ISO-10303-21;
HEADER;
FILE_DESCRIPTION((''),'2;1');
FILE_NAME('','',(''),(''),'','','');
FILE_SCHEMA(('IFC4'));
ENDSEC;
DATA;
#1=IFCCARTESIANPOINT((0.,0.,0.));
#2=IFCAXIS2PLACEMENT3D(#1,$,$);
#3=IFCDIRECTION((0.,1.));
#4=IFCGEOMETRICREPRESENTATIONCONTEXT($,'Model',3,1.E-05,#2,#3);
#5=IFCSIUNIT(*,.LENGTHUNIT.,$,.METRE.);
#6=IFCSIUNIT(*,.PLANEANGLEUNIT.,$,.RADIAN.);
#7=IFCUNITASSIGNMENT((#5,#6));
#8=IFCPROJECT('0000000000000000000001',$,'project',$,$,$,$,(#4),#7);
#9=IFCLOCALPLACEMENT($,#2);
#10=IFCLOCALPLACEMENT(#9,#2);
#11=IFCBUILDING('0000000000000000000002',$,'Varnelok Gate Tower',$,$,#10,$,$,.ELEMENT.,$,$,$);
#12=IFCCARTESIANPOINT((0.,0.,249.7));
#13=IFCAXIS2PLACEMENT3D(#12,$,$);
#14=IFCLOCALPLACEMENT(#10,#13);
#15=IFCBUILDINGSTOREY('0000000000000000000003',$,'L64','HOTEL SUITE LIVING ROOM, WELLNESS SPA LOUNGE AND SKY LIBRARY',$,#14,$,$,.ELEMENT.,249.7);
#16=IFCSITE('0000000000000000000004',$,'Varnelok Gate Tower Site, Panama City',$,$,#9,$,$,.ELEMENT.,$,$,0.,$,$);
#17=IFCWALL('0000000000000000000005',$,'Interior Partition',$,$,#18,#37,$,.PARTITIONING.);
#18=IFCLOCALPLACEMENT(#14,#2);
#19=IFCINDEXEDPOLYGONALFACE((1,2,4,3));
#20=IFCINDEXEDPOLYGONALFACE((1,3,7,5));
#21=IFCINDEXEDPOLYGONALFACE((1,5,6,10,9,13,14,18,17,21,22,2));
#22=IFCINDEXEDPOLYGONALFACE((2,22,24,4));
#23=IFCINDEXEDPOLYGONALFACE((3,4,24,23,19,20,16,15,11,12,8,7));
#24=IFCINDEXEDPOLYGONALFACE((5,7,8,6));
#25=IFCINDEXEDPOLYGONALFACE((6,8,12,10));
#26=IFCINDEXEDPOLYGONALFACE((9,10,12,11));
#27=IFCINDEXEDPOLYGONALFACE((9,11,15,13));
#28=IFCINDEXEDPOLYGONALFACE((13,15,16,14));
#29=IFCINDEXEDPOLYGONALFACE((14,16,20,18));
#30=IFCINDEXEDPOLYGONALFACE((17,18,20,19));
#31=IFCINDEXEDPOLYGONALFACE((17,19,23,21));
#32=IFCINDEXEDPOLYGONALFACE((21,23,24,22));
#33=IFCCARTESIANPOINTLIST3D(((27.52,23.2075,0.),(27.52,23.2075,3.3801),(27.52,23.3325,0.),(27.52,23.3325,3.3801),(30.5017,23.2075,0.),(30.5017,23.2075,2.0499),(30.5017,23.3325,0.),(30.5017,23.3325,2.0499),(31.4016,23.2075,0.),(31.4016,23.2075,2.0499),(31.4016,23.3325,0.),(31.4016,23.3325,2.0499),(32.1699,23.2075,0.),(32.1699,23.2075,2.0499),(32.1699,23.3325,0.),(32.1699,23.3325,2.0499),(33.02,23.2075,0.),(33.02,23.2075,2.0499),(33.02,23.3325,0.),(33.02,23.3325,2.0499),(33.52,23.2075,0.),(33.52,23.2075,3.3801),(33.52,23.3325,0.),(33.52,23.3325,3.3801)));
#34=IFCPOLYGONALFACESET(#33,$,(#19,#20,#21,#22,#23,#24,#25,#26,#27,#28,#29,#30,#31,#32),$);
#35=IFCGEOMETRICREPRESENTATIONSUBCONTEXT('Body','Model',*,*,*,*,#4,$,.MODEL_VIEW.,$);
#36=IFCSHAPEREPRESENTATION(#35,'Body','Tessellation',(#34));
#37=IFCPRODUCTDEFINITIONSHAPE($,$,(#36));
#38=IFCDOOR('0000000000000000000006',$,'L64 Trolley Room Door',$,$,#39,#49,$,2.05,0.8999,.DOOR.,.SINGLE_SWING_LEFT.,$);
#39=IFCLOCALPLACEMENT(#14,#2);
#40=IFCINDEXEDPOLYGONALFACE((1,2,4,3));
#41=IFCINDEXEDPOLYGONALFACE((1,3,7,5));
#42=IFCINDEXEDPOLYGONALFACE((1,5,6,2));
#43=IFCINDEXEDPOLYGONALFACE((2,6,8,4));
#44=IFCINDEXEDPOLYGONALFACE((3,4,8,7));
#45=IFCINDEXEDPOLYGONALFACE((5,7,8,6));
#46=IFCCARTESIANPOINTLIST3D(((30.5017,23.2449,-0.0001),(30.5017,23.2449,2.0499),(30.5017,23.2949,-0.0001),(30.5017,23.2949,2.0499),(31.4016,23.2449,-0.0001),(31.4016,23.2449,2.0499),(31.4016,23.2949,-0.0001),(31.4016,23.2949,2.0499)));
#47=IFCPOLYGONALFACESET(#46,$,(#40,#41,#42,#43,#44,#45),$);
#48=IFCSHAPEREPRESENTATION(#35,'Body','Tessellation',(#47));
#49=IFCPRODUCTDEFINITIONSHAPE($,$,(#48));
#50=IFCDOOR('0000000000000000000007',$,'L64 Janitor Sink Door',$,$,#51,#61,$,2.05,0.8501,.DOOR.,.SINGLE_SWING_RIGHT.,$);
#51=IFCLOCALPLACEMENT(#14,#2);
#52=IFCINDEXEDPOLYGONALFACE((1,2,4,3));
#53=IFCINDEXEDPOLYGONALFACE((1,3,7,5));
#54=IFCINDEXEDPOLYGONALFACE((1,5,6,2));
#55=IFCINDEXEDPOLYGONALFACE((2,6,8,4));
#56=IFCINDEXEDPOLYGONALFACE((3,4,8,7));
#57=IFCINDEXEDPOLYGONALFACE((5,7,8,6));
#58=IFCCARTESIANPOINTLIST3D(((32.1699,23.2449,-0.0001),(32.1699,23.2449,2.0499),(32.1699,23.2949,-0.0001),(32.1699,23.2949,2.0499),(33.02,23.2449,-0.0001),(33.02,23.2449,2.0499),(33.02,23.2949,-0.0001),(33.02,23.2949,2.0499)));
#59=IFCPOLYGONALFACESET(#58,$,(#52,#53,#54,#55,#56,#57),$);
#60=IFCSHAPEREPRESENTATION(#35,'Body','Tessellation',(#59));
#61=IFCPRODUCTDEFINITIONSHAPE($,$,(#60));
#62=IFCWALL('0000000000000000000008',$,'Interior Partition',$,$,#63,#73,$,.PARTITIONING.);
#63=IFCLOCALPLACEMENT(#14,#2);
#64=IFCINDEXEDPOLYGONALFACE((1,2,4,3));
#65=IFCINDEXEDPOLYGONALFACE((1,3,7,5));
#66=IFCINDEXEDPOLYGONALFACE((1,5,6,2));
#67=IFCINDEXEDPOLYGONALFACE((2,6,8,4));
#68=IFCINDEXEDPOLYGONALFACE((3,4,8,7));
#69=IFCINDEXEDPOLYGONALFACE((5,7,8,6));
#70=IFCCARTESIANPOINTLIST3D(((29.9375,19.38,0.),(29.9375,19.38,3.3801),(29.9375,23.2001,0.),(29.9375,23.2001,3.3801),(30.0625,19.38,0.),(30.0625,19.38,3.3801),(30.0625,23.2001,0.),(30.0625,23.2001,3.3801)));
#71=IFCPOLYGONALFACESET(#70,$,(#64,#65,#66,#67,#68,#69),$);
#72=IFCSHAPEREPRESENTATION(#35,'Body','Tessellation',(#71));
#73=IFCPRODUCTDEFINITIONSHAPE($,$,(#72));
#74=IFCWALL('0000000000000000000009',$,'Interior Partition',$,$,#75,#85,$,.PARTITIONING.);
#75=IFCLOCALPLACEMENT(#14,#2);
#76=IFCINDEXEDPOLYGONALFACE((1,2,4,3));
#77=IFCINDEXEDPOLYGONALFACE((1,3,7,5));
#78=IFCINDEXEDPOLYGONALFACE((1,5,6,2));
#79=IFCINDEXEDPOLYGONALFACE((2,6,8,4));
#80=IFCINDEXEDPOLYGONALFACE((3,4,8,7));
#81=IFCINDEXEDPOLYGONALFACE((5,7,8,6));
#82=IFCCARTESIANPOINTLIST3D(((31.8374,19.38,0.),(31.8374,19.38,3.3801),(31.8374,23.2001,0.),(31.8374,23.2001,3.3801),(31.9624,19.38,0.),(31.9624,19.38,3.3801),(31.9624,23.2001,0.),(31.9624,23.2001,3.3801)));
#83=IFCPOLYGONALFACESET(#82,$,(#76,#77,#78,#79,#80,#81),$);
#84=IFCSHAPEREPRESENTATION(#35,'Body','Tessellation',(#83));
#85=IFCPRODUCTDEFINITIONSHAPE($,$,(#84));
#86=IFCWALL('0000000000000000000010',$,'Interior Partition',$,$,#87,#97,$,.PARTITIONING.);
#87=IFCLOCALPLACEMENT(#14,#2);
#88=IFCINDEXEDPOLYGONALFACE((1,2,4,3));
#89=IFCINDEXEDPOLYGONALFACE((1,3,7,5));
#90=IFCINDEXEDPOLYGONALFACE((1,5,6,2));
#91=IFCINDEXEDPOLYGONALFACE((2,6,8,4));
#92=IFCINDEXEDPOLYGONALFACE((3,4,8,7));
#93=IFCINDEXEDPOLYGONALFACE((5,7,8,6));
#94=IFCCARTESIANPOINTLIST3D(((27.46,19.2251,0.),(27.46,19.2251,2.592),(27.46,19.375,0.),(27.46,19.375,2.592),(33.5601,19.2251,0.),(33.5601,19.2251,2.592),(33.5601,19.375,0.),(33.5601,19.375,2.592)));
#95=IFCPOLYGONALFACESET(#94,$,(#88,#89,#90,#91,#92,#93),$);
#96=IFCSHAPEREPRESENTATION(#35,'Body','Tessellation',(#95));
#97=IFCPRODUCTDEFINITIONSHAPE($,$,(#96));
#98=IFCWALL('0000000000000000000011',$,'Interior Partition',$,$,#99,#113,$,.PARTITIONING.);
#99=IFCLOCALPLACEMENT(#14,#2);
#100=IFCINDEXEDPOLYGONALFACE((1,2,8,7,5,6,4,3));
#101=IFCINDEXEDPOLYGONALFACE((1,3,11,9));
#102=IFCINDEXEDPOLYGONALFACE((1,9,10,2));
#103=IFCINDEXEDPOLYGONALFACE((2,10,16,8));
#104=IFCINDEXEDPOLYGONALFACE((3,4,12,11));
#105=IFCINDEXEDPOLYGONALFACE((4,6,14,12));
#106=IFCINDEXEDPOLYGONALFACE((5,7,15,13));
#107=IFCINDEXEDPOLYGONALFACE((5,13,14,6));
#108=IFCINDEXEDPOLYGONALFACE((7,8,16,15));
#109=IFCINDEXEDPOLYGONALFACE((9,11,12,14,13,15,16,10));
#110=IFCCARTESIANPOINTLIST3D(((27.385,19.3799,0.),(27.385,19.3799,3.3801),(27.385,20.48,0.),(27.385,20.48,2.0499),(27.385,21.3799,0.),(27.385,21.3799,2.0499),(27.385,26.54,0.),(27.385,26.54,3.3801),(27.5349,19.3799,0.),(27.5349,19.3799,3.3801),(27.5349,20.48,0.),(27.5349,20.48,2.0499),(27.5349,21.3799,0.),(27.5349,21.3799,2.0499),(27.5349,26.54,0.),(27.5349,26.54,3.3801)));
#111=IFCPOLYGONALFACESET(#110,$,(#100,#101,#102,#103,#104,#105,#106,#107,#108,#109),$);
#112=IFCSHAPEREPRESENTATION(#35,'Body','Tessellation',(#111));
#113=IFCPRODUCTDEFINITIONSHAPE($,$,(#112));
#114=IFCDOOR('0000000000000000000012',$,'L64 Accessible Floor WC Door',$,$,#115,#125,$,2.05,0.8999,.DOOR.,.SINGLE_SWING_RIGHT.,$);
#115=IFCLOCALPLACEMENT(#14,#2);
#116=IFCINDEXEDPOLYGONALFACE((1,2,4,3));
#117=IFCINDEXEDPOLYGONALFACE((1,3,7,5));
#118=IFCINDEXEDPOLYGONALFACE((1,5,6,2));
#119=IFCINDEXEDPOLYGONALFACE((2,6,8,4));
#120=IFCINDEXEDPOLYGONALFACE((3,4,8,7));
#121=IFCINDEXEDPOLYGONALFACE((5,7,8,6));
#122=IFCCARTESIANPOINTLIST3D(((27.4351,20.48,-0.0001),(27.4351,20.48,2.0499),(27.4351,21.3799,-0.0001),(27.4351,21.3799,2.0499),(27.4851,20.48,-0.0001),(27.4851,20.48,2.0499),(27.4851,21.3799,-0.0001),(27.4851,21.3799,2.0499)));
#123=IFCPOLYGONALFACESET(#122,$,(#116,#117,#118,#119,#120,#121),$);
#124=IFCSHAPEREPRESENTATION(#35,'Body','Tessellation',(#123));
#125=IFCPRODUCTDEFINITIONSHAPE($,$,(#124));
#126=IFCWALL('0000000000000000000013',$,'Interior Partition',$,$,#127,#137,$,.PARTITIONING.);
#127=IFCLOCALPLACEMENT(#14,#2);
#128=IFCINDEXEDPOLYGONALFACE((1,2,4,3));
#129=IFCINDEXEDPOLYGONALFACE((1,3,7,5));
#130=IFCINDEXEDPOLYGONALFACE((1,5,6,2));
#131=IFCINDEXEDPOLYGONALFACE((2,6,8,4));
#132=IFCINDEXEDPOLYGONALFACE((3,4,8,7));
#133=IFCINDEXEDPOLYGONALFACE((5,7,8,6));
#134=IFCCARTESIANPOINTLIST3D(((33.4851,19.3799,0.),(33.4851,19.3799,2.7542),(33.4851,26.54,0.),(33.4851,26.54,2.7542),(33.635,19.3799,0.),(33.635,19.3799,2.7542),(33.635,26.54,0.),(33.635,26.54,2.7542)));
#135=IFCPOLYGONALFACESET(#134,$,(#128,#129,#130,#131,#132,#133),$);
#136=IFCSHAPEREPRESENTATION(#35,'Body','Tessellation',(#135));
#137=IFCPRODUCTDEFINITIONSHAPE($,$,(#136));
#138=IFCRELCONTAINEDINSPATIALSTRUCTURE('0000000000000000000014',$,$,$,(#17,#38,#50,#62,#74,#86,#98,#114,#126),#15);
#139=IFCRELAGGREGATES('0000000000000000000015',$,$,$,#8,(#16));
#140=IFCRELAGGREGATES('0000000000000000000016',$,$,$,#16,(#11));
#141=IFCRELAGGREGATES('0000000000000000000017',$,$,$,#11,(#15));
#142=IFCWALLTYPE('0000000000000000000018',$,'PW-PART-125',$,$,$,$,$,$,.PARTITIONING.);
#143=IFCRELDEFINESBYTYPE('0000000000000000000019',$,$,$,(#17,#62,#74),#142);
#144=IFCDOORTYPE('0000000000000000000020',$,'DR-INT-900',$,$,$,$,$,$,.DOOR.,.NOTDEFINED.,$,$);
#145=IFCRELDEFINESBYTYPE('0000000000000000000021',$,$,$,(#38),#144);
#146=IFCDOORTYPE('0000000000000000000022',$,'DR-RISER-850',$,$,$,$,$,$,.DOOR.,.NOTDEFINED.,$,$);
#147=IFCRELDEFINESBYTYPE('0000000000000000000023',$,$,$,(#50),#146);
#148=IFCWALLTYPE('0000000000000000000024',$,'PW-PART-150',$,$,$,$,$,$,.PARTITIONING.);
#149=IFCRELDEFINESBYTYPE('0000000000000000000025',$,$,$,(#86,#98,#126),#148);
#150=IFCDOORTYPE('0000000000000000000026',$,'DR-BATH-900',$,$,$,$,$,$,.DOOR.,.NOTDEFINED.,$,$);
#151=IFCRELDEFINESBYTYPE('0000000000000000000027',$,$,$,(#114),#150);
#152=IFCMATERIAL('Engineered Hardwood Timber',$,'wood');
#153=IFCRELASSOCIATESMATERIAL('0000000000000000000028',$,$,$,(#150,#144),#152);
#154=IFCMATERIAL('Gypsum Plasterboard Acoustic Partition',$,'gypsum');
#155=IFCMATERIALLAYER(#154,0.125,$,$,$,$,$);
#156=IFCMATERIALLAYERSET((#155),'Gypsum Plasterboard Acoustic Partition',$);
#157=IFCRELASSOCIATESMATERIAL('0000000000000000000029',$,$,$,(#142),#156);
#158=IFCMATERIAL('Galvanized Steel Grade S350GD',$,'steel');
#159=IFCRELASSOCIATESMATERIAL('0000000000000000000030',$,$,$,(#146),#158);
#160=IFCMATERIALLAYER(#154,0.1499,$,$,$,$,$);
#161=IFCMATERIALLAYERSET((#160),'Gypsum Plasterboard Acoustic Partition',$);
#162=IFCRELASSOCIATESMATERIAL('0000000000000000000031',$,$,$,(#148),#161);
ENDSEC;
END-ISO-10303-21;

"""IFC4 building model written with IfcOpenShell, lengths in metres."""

from ifc_helpers import new_model, si_unit, direction, frame, frame_2d, origin, place, context, subcontext, project, spatial, rectangle, extrude, material, layer, layer_set, type_object, element, fill, save


model = new_model("IFC4")

# Units and contexts
model_context = context("Model", 3, precision=1e-05, world=origin(), true_north=direction((0.0, 1.0)))
body_context = subcontext(model_context, "Body", "Model", "MODEL_VIEW")
ifc_project = project(units=[si_unit("LENGTHUNIT", "METRE"), si_unit("PLANEANGLEUNIT", "RADIAN")], contexts=[model_context])

# Site, building, storey
site_placement = place(None, origin())
site = spatial("IfcSite", under=ifc_project, at=site_placement, Name="Varnelok Gate Tower Site, Panama City", CompositionType="ELEMENT", RefElevation=0.0)
building_placement = place(site_placement, origin())
building = spatial("IfcBuilding", under=site, at=building_placement, Name="Varnelok Gate Tower", CompositionType="ELEMENT")
storey_placement = place(building_placement, frame((0.0, 0.0, 249.7)))
storey = spatial("IfcBuildingStorey", under=building, at=storey_placement, Name="L64", Description="HOTEL SUITE LIVING ROOM, WELLNESS SPA LOUNGE AND SKY LIBRARY", CompositionType="ELEMENT", Elevation=249.7)

# Shared definitions
ifc_material_1 = material(Name="Gypsum Plasterboard Acoustic Partition", Category="gypsum")
ifc_material_2 = material(Name="Engineered Hardwood Timber", Category="wood")

# Shared definitions
door_type_1 = type_object("IfcDoorType", Name="DR-BATH-900", OperationType="NOTDEFINED", PredefinedType="DOOR", material=ifc_material_2)

# Wall, openings, doors
ifc_layer_1 = layer(ifc_material_1, 0.125)
ifc_layer_set_1 = layer_set([ifc_layer_1], Name="Gypsum Plasterboard Acoustic Partition")
wall_type_1 = type_object("IfcWallType", Name="PW-PART-125", PredefinedType="PARTITIONING", material=ifc_layer_set_1)
wall_1_placement = place(storey_placement, frame((27.52, 23.27, 0.0), z_axis=(0.0, 0.0, 1.0), x_axis=(1.0, 0.0, 0.0)))
wall_1 = element("IfcWall", 1, at=wall_1_placement, inside=storey, type_object=wall_type_1, Name="Interior Partition", PredefinedType="PARTITIONING", context=body_context, shape_type="SweptSolid", body=[
    extrude(rectangle(XDim=6.0, YDim=0.125, at=frame_2d((3.0, 0.0))), origin(), (0.0, 0.0, 1.0), 3.3801),
])
opening_1_placement = place(wall_1_placement, frame((2.9817, 0.0, 0.0)))
opening_1 = element("IfcOpeningElement", 2, at=opening_1_placement, cuts=wall_1, PredefinedType="OPENING", context=body_context, shape_type="SweptSolid", body=[
    extrude(rectangle(XDim=0.8999, YDim=2.05, at=frame_2d((0.45, 1.0249))), frame((0.0, 0.0725, 0.0), z_axis=(0.0, -1.0, 0.0), x_axis=(1.0, 0.0, 0.0)), (0.0, 0.0, 1.0), 0.145),
])
opening_2_placement = place(wall_1_placement, frame((4.6499, 0.0, 0.0)))
opening_2 = element("IfcOpeningElement", 3, at=opening_2_placement, cuts=wall_1, PredefinedType="OPENING", context=body_context, shape_type="SweptSolid", body=[
    extrude(rectangle(XDim=0.8501, YDim=2.05, at=frame_2d((0.425, 1.0249))), frame((0.0, 0.0725, 0.0), z_axis=(0.0, -1.0, 0.0), x_axis=(1.0, 0.0, 0.0)), (0.0, 0.0, 1.0), 0.145),
])
door_type_2 = type_object("IfcDoorType", Name="DR-INT-900", OperationType="NOTDEFINED", PredefinedType="DOOR", material=ifc_material_2)
door_1_placement = place(opening_1_placement, origin())
door_1 = element("IfcDoor", 4, at=door_1_placement, inside=storey, type_object=door_type_2, Name="L64 Trolley Room Door", OperationType="SINGLE_SWING_LEFT", OverallHeight=2.05, OverallWidth=0.8999, PredefinedType="DOOR", context=body_context, shape_type="SweptSolid", body=[
    extrude(rectangle(XDim=0.8999, YDim=2.05, at=frame_2d((0.45, 1.0249))), frame((0.0, 0.0249, 0.0), z_axis=(0.0, -1.0, 0.0), x_axis=(1.0, 0.0, 0.0)), (0.0, 0.0, 1.0), 0.05),
])
fill(opening_1, door_1)
ifc_material_3 = material(Name="Galvanized Steel Grade S350GD", Category="steel")
door_type_3 = type_object("IfcDoorType", Name="DR-RISER-850", OperationType="NOTDEFINED", PredefinedType="DOOR", material=ifc_material_3)
door_2_placement = place(opening_2_placement, origin())
door_2 = element("IfcDoor", 5, at=door_2_placement, inside=storey, type_object=door_type_3, Name="L64 Janitor Sink Door", OperationType="SINGLE_SWING_RIGHT", OverallHeight=2.05, OverallWidth=0.8501, PredefinedType="DOOR", context=body_context, shape_type="SweptSolid", body=[
    extrude(rectangle(XDim=0.8501, YDim=2.05, at=frame_2d((0.425, 1.0249))), frame((0.0, 0.0249, 0.0), z_axis=(0.0, -1.0, 0.0), x_axis=(1.0, 0.0, 0.0)), (0.0, 0.0, 1.0), 0.05),
])
fill(opening_2, door_2)

# Walls
for number, where, z_axis, x_axis, name in (
    (6, (30.0, 19.3799, 0.0), (0.0, 0.0, 1.0), (0.0, 1.0, 0.0), "Interior Partition"),
    (7, (31.8999, 19.3799, 0.0), (0.0, 0.0, 1.0), (0.0, 1.0, 0.0), "Interior Partition"),
):
    element("IfcWall", number, at=place(storey_placement, frame(where, z_axis=z_axis, x_axis=x_axis)), inside=storey, type_object=wall_type_1, Name=name, PredefinedType="PARTITIONING", context=body_context, shape_type="SweptSolid", body=[
        extrude(rectangle(XDim=3.8201, YDim=0.125, at=frame_2d((1.9102, 0.0))), origin(), (0.0, 0.0, 1.0), 3.3801),
    ])
ifc_layer_2 = layer(ifc_material_1, 0.1499)
ifc_layer_set_2 = layer_set([ifc_layer_2], Name="Gypsum Plasterboard Acoustic Partition")
wall_type_2 = type_object("IfcWallType", Name="PW-PART-150", PredefinedType="PARTITIONING", material=ifc_layer_set_2)
wall_2_placement = place(storey_placement, frame((27.46, 19.3, 0.0), z_axis=(0.0, 0.0, 1.0), x_axis=(1.0, 0.0, 0.0)))
element("IfcWall", 8, at=wall_2_placement, inside=storey, type_object=wall_type_2, Name="Interior Partition", PredefinedType="PARTITIONING", context=body_context, shape_type="SweptSolid", body=[
    extrude(rectangle(XDim=6.1001, YDim=0.1499, at=frame_2d((3.05, 0.0))), origin(), (0.0, 0.0, 1.0), 2.592),
])

# Wall, opening, door
wall_3_placement = place(storey_placement, frame((27.46, 19.3799, 0.0), z_axis=(0.0, 0.0, 1.0), x_axis=(0.0, 1.0, 0.0)))
wall_3 = element("IfcWall", 9, at=wall_3_placement, inside=storey, type_object=wall_type_2, Name="Interior Partition", PredefinedType="PARTITIONING", context=body_context, shape_type="SweptSolid", body=[
    extrude(rectangle(XDim=7.1602, YDim=0.1499, at=frame_2d((3.5801, 0.0))), origin(), (0.0, 0.0, 1.0), 3.3801),
])
opening_3_placement = place(wall_3_placement, frame((1.1001, 0.0, 0.0)))
opening_3 = element("IfcOpeningElement", 10, at=opening_3_placement, cuts=wall_3, PredefinedType="OPENING", context=body_context, shape_type="SweptSolid", body=[
    extrude(rectangle(XDim=0.8999, YDim=2.05, at=frame_2d((0.45, 1.0249))), frame((0.0, 0.085, 0.0), z_axis=(0.0, -1.0, 0.0), x_axis=(1.0, 0.0, 0.0)), (0.0, 0.0, 1.0), 0.1699),
])
door_3_placement = place(opening_3_placement, origin())
door_3 = element("IfcDoor", 11, at=door_3_placement, inside=storey, type_object=door_type_1, Name="L64 Accessible Floor WC Door", OperationType="SINGLE_SWING_RIGHT", OverallHeight=2.05, OverallWidth=0.8999, PredefinedType="DOOR", context=body_context, shape_type="SweptSolid", body=[
    extrude(rectangle(XDim=0.8999, YDim=2.05, at=frame_2d((0.45, 1.0249))), frame((0.0, 0.0249, 0.0), z_axis=(0.0, -1.0, 0.0), x_axis=(1.0, 0.0, 0.0)), (0.0, 0.0, 1.0), 0.05),
])
fill(opening_3, door_3)

# Wall
wall_4_placement = place(storey_placement, frame((33.5601, 19.3799, 0.0), z_axis=(0.0, 0.0, 1.0), x_axis=(0.0, 1.0, 0.0)))
element("IfcWall", 12, at=wall_4_placement, inside=storey, type_object=wall_type_2, Name="Interior Partition", PredefinedType="PARTITIONING", context=body_context, shape_type="SweptSolid", body=[
    extrude(rectangle(XDim=7.1602, YDim=0.1499, at=frame_2d((3.5801, 0.0))), origin(), (0.0, 0.0, 1.0), 2.7542),
])

save(model, "model.ifc")
